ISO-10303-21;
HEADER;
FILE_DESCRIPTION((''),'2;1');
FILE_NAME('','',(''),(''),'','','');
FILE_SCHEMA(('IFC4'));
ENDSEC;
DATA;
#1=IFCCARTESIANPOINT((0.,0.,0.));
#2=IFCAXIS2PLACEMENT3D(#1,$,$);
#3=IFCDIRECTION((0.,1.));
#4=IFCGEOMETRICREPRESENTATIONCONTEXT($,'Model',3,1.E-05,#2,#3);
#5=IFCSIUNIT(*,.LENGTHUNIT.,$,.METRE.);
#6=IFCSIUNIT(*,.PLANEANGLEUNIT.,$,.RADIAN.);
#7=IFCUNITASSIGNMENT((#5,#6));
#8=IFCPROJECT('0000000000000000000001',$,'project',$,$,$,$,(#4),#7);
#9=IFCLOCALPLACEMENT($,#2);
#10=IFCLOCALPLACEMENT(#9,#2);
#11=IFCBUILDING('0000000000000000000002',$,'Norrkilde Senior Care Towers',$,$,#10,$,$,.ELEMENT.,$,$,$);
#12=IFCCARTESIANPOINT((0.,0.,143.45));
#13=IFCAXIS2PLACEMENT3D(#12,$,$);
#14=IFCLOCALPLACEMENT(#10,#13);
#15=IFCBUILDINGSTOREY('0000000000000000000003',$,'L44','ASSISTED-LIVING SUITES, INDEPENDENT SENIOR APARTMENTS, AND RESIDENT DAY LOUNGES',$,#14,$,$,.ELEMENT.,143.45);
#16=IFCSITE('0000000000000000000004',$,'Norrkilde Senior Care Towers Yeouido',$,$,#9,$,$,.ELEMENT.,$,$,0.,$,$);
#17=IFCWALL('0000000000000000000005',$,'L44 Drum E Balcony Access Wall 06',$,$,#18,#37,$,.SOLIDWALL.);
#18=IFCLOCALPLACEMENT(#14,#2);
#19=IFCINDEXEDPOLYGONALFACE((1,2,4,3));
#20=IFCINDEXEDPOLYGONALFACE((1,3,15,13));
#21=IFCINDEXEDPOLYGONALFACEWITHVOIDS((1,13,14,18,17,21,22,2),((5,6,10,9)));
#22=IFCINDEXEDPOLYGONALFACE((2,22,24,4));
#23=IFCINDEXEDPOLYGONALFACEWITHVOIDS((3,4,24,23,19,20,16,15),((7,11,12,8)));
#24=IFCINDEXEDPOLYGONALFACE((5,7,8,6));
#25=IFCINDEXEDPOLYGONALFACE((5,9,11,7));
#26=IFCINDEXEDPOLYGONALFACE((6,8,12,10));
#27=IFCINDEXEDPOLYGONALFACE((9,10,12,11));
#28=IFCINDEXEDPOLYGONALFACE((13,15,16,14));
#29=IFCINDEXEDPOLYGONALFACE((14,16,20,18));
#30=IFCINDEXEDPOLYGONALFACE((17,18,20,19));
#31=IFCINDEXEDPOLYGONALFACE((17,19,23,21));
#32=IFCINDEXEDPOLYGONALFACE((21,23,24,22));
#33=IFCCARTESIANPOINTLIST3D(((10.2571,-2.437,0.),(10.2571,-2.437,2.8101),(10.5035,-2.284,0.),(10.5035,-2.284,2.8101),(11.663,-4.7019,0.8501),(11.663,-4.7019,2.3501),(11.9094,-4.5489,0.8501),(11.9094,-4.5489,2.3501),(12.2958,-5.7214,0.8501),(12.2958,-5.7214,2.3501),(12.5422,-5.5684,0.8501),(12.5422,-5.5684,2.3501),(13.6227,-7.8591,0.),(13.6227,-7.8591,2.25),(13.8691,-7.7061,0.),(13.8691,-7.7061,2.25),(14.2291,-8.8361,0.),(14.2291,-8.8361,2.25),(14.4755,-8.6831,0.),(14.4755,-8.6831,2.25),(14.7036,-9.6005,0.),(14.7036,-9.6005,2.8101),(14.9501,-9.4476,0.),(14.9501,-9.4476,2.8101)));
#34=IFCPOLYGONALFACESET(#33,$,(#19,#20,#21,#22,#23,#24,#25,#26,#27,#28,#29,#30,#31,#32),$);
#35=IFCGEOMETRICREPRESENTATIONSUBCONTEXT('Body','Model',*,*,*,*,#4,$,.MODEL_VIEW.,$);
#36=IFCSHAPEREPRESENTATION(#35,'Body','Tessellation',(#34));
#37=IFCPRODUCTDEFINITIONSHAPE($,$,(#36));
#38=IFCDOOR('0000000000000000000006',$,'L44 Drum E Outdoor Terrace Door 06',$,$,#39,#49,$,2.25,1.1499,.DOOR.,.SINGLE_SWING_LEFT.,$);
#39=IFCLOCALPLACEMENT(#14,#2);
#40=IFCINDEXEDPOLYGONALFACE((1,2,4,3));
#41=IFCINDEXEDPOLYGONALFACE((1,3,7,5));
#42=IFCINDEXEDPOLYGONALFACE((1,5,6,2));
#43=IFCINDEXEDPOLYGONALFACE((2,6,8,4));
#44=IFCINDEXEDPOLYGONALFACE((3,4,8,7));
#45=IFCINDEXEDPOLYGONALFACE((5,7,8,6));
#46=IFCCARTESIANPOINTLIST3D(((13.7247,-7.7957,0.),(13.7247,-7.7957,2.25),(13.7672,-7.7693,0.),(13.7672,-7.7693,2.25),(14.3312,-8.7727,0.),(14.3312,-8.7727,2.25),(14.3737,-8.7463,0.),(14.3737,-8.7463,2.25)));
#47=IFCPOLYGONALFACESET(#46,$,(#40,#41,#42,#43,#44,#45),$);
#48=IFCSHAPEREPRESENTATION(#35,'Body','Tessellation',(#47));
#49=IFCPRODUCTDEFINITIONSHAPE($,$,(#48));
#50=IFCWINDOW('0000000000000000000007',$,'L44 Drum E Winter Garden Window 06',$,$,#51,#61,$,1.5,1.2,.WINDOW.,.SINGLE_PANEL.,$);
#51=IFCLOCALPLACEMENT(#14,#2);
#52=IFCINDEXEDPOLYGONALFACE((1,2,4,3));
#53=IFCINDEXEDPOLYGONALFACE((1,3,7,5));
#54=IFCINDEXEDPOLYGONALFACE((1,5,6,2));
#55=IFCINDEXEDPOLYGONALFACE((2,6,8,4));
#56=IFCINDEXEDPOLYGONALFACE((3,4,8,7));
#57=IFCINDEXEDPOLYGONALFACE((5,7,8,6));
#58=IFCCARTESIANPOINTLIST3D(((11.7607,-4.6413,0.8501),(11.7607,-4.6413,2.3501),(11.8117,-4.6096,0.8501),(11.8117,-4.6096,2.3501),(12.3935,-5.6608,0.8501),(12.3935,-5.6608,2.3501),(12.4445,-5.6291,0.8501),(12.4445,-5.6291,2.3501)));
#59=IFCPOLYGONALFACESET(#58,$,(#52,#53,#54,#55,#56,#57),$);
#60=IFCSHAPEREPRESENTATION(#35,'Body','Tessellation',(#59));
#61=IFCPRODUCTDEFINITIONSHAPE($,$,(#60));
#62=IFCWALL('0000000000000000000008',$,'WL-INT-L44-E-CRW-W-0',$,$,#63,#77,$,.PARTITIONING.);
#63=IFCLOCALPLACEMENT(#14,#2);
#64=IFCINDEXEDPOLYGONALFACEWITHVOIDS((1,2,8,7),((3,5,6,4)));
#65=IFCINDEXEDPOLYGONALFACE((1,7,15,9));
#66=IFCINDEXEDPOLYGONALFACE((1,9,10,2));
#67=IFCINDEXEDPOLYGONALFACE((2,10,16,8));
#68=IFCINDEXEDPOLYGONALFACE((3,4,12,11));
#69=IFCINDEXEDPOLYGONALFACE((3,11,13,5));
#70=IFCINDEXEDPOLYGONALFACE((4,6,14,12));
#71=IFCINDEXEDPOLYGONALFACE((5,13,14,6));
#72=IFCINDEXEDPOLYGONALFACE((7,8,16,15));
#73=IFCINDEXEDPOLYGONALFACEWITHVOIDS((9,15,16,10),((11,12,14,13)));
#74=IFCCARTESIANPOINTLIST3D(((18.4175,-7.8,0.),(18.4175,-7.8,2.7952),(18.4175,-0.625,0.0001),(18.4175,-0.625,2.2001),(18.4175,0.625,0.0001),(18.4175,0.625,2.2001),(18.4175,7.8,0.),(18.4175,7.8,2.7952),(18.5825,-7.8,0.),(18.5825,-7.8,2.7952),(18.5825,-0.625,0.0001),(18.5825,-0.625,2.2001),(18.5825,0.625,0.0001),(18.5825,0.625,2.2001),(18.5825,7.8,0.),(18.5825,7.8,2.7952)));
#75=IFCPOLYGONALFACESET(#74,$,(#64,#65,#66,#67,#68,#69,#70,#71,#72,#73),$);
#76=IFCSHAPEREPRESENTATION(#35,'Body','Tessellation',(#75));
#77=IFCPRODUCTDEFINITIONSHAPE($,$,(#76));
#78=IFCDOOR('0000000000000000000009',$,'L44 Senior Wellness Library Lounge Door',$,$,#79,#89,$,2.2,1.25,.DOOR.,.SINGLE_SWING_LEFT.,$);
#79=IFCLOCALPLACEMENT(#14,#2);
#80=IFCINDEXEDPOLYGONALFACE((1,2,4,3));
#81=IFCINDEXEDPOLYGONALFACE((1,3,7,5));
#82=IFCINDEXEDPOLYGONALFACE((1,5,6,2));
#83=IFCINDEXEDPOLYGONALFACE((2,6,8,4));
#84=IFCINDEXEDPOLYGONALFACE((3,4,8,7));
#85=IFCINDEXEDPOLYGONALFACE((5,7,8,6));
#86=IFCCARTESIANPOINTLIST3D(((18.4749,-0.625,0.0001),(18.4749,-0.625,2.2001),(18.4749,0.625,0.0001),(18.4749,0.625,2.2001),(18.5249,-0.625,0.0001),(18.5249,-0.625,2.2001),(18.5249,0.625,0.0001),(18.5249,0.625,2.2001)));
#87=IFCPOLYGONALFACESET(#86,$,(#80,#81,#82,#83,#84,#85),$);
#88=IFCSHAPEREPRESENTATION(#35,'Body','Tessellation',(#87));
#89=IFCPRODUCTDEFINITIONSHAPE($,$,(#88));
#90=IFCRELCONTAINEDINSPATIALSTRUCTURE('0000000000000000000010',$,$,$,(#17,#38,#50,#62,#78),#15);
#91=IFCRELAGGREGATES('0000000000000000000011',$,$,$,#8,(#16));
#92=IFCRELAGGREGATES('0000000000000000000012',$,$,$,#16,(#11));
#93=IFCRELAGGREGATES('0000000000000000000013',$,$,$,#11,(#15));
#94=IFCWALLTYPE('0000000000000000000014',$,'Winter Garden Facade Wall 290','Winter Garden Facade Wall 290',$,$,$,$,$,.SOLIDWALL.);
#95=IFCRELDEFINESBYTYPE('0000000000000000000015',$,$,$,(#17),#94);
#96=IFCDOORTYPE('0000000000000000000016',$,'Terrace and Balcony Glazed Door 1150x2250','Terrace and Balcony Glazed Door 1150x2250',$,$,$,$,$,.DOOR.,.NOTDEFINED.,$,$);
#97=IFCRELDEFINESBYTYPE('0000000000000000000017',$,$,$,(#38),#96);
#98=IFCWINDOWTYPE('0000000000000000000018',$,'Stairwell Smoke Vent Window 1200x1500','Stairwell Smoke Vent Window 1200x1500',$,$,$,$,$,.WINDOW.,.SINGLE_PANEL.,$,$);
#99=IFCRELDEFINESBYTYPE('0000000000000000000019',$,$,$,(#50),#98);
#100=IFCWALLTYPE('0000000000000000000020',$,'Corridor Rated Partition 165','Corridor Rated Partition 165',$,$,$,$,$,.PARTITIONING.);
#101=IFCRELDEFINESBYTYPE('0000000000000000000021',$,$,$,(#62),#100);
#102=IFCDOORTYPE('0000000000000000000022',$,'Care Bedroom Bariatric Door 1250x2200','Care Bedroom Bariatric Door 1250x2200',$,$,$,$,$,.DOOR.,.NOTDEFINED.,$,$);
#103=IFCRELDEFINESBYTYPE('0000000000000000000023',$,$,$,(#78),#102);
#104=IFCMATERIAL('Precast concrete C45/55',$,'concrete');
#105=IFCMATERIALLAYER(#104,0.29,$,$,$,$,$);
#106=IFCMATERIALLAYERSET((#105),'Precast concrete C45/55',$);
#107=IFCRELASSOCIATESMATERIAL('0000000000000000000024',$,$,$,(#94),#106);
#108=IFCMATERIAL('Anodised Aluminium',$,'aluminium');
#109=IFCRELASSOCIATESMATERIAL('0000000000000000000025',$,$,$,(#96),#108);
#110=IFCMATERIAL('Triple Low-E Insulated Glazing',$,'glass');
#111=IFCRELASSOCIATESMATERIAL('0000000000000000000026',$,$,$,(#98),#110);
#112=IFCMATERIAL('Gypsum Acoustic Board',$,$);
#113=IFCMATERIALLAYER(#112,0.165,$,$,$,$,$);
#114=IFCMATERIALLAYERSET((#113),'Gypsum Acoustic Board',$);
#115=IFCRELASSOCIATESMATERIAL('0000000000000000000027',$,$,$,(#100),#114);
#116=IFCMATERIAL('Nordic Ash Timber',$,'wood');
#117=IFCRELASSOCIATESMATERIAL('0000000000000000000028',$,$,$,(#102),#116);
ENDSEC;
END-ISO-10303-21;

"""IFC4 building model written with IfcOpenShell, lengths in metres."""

from ifc_helpers import new_model, si_unit, direction, frame, frame_2d, origin, place, context, subcontext, project, spatial, rectangle, extrude, source, transform, mapped, material, layer, layer_set, type_object, type_shapes, element, fill, save


model = new_model("IFC4")

# Units and contexts
model_context = context("Model", 3, precision=1e-05, world=origin(), true_north=direction((0.0, 1.0)))
body_context = subcontext(model_context, "Body", "Model", "MODEL_VIEW")
ifc_project = project(units=[si_unit("LENGTHUNIT", "METRE"), si_unit("PLANEANGLEUNIT", "RADIAN")], contexts=[model_context])

# Site, building, storey
site_placement = place(None, origin())
site = spatial("IfcSite", under=ifc_project, at=site_placement, Name="Norrkilde Senior Care Towers Yeouido", CompositionType="ELEMENT", RefElevation=0.0)
building_placement = place(site_placement, origin())
building = spatial("IfcBuilding", under=site, at=building_placement, Name="Norrkilde Senior Care Towers", CompositionType="ELEMENT")
storey_placement = place(building_placement, frame((0.0, 0.0, 143.45)))
storey = spatial("IfcBuildingStorey", under=building, at=storey_placement, Name="L44", Description="ASSISTED-LIVING SUITES, INDEPENDENT SENIOR APARTMENTS, AND RESIDENT DAY LOUNGES", CompositionType="ELEMENT", Elevation=143.45)

# Shared definitions
ifc_material_1 = material(Name="Triple Low-E Insulated Glazing", Category="glass")
ifc_material_2 = material(Name="Anodised Aluminium", Category="aluminium")

# Wall, openings, door, window
ifc_material_3 = material(Name="Precast concrete C45/55", Category="concrete")
ifc_layer_1 = layer(ifc_material_3, 0.29)
ifc_layer_set_1 = layer_set([ifc_layer_1], Name="Precast concrete C45/55")
wall_type_1 = type_object("IfcWallType", Name="Winter Garden Facade Wall 290", Description="Winter Garden Facade Wall 290", PredefinedType="SOLIDWALL", material=ifc_layer_set_1)
shared_shape_1 = source(origin(), body_context, "Body", "SweptSolid", [
    extrude(rectangle(XDim=8.4314, YDim=0.29, at=frame_2d((4.2158, 0.0))), origin(), (0.0, 0.0, 1.0), 2.8101),
])
type_shapes(wall_type_1, [shared_shape_1])
wall_1_placement = place(storey_placement, frame((14.8269, -9.5242, 0.0), z_axis=(0.0, 0.0, 1.0), x_axis=(-0.527378, 0.849631, 0.0)))
wall_1 = element("IfcWall", 1, at=wall_1_placement, inside=storey, type_object=wall_type_1, Name="L44 Drum E Balcony Access Wall 06", PredefinedType="SOLIDWALL", context=body_context, shape_type="MappedRepresentation", body=[
    mapped(shared_shape_1, transform((0.0, 0.0, 0.0), x_axis=(1.0, 0.0, 0.0), y_axis=(0.0, 1.0, 0.0), z_axis=(0.0, 0.0, 1.0), scale=1.0)),
])
opening_1_placement = place(wall_1_placement, frame((0.8999, 0.0, 0.0)))
opening_1 = element("IfcOpeningElement", 2, at=opening_1_placement, cuts=wall_1, PredefinedType="OPENING", context=body_context, shape_type="SweptSolid", body=[
    extrude(rectangle(XDim=1.1499, YDim=2.25, at=frame_2d((0.575, 1.125))), frame((0.0, 0.155, 0.0), z_axis=(0.0, -1.0, 0.0), x_axis=(1.0, 0.0, 0.0)), (0.0, 0.0, 1.0), 0.3101),
])
opening_2_placement = place(wall_1_placement, frame((4.5657, 0.0, 0.8501)))
opening_2 = element("IfcOpeningElement", 3, at=opening_2_placement, cuts=wall_1, PredefinedType="OPENING", context=body_context, shape_type="SweptSolid", body=[
    extrude(rectangle(XDim=1.2, YDim=1.5, at=frame_2d((0.6001, 0.75))), frame((0.0, 0.155, 0.0), z_axis=(0.0, -1.0, 0.0), x_axis=(1.0, 0.0, 0.0)), (0.0, 0.0, 1.0), 0.3101),
])
door_type_1 = type_object("IfcDoorType", Name="Terrace and Balcony Glazed Door 1150x2250", Description="Terrace and Balcony Glazed Door 1150x2250", OperationType="NOTDEFINED", PredefinedType="DOOR", material=ifc_material_2)
shared_shape_2 = source(origin(), body_context, "Body", "SweptSolid", [
    extrude(rectangle(XDim=1.1499, YDim=2.25, at=frame_2d((0.575, 1.125))), frame((0.0, 0.0249, 0.0), z_axis=(0.0, -1.0, 0.0), x_axis=(1.0, 0.0, 0.0)), (0.0, 0.0, 1.0), 0.05),
])
type_shapes(door_type_1, [shared_shape_2])
door_1_placement = place(opening_1_placement, origin())
door_1 = element("IfcDoor", 4, at=door_1_placement, inside=storey, type_object=door_type_1, Name="L44 Drum E Outdoor Terrace Door 06", OperationType="SINGLE_SWING_LEFT", OverallHeight=2.25, OverallWidth=1.1499, PredefinedType="DOOR", context=body_context, shape_type="MappedRepresentation", body=[
    mapped(shared_shape_2, transform((0.0, 0.0, 0.0), x_axis=(1.0, 0.0, 0.0), y_axis=(0.0, 1.0, 0.0), z_axis=(0.0, 0.0, 1.0), scale=1.0)),
])
fill(opening_1, door_1)
window_type = type_object("IfcWindowType", Name="Stairwell Smoke Vent Window 1200x1500", Description="Stairwell Smoke Vent Window 1200x1500", PartitioningType="SINGLE_PANEL", PredefinedType="WINDOW", material=ifc_material_1)
shared_shape_3 = source(origin(), body_context, "Body", "SweptSolid", [
    extrude(rectangle(XDim=1.2, YDim=1.5, at=frame_2d((0.6001, 0.75))), frame((0.0, 0.03, 0.0), z_axis=(0.0, -1.0, 0.0), x_axis=(1.0, 0.0, 0.0)), (0.0, 0.0, 1.0), 0.0601),
])
type_shapes(window_type, [shared_shape_3])
window_placement = place(opening_2_placement, origin())
window = element("IfcWindow", 5, at=window_placement, inside=storey, type_object=window_type, Name="L44 Drum E Winter Garden Window 06", OverallHeight=1.5, OverallWidth=1.2, PartitioningType="SINGLE_PANEL", PredefinedType="WINDOW", context=body_context, shape_type="MappedRepresentation", body=[
    mapped(shared_shape_3, transform((0.0, 0.0, 0.0), x_axis=(1.0, 0.0, 0.0), y_axis=(0.0, 1.0, 0.0), z_axis=(0.0, 0.0, 1.0), scale=1.0)),
])
fill(opening_2, window)

# Wall, opening, door
ifc_material_4 = material(Name="Gypsum Acoustic Board")
ifc_layer_2 = layer(ifc_material_4, 0.165)
ifc_layer_set_2 = layer_set([ifc_layer_2], Name="Gypsum Acoustic Board")
wall_type_2 = type_object("IfcWallType", Name="Corridor Rated Partition 165", Description="Corridor Rated Partition 165", PredefinedType="PARTITIONING", material=ifc_layer_set_2)
shared_shape_4 = source(origin(), body_context, "Body", "SweptSolid", [
    extrude(rectangle(XDim=15.6001, YDim=0.165, at=frame_2d((7.8, 0.0))), origin(), (0.0, 0.0, 1.0), 2.7952),
])
type_shapes(wall_type_2, [shared_shape_4])
wall_2_placement = place(storey_placement, frame((18.5, -7.8, 0.0), z_axis=(0.0, 0.0, 1.0), x_axis=(0.0, 1.0, 0.0)))
wall_2 = element("IfcWall", 6, at=wall_2_placement, inside=storey, type_object=wall_type_2, Name="WL-INT-L44-E-CRW-W-0", PredefinedType="PARTITIONING", context=body_context, shape_type="MappedRepresentation", body=[
    mapped(shared_shape_4, transform((0.0, 0.0, 0.0), x_axis=(1.0, 0.0, 0.0), y_axis=(0.0, 1.0, 0.0), z_axis=(0.0, 0.0, 1.0), scale=1.0)),
])
opening_3_placement = place(wall_2_placement, frame((7.175, 0.0, 0.0)))
opening_3 = element("IfcOpeningElement", 7, at=opening_3_placement, cuts=wall_2, PredefinedType="OPENING", context=body_context, shape_type="SweptSolid", body=[
    extrude(rectangle(XDim=1.25, YDim=2.2, at=frame_2d((0.625, 1.1001))), frame((0.0, 0.0925, 0.0), z_axis=(0.0, -1.0, 0.0), x_axis=(1.0, 0.0, 0.0)), (0.0, 0.0, 1.0), 0.1851),
])
ifc_material_5 = material(Name="Nordic Ash Timber", Category="wood")
door_type_2 = type_object("IfcDoorType", Name="Care Bedroom Bariatric Door 1250x2200", Description="Care Bedroom Bariatric Door 1250x2200", OperationType="NOTDEFINED", PredefinedType="DOOR", material=ifc_material_5)
shared_shape_5 = source(origin(), body_context, "Body", "SweptSolid", [
    extrude(rectangle(XDim=1.25, YDim=2.2, at=frame_2d((0.625, 1.1001))), frame((0.0, 0.0249, 0.0), z_axis=(0.0, -1.0, 0.0), x_axis=(1.0, 0.0, 0.0)), (0.0, 0.0, 1.0), 0.05),
])
type_shapes(door_type_2, [shared_shape_5])
door_2_placement = place(opening_3_placement, frame((1.25, 0.0, 0.0), z_axis=(0.0, 0.0, 1.0), x_axis=(-1.0, 0.0, 0.0)))
door_2 = element("IfcDoor", 8, at=door_2_placement, inside=storey, type_object=door_type_2, Name="L44 Senior Wellness Library Lounge Door", OperationType="SINGLE_SWING_LEFT", OverallHeight=2.2, OverallWidth=1.25, PredefinedType="DOOR", context=body_context, shape_type="MappedRepresentation", body=[
    mapped(shared_shape_5, transform((0.0, 0.0, 0.0), x_axis=(1.0, 0.0, 0.0), y_axis=(0.0, 1.0, 0.0), z_axis=(0.0, 0.0, 1.0), scale=1.0)),
])
fill(opening_3, door_2)

save(model, "model.ifc")
